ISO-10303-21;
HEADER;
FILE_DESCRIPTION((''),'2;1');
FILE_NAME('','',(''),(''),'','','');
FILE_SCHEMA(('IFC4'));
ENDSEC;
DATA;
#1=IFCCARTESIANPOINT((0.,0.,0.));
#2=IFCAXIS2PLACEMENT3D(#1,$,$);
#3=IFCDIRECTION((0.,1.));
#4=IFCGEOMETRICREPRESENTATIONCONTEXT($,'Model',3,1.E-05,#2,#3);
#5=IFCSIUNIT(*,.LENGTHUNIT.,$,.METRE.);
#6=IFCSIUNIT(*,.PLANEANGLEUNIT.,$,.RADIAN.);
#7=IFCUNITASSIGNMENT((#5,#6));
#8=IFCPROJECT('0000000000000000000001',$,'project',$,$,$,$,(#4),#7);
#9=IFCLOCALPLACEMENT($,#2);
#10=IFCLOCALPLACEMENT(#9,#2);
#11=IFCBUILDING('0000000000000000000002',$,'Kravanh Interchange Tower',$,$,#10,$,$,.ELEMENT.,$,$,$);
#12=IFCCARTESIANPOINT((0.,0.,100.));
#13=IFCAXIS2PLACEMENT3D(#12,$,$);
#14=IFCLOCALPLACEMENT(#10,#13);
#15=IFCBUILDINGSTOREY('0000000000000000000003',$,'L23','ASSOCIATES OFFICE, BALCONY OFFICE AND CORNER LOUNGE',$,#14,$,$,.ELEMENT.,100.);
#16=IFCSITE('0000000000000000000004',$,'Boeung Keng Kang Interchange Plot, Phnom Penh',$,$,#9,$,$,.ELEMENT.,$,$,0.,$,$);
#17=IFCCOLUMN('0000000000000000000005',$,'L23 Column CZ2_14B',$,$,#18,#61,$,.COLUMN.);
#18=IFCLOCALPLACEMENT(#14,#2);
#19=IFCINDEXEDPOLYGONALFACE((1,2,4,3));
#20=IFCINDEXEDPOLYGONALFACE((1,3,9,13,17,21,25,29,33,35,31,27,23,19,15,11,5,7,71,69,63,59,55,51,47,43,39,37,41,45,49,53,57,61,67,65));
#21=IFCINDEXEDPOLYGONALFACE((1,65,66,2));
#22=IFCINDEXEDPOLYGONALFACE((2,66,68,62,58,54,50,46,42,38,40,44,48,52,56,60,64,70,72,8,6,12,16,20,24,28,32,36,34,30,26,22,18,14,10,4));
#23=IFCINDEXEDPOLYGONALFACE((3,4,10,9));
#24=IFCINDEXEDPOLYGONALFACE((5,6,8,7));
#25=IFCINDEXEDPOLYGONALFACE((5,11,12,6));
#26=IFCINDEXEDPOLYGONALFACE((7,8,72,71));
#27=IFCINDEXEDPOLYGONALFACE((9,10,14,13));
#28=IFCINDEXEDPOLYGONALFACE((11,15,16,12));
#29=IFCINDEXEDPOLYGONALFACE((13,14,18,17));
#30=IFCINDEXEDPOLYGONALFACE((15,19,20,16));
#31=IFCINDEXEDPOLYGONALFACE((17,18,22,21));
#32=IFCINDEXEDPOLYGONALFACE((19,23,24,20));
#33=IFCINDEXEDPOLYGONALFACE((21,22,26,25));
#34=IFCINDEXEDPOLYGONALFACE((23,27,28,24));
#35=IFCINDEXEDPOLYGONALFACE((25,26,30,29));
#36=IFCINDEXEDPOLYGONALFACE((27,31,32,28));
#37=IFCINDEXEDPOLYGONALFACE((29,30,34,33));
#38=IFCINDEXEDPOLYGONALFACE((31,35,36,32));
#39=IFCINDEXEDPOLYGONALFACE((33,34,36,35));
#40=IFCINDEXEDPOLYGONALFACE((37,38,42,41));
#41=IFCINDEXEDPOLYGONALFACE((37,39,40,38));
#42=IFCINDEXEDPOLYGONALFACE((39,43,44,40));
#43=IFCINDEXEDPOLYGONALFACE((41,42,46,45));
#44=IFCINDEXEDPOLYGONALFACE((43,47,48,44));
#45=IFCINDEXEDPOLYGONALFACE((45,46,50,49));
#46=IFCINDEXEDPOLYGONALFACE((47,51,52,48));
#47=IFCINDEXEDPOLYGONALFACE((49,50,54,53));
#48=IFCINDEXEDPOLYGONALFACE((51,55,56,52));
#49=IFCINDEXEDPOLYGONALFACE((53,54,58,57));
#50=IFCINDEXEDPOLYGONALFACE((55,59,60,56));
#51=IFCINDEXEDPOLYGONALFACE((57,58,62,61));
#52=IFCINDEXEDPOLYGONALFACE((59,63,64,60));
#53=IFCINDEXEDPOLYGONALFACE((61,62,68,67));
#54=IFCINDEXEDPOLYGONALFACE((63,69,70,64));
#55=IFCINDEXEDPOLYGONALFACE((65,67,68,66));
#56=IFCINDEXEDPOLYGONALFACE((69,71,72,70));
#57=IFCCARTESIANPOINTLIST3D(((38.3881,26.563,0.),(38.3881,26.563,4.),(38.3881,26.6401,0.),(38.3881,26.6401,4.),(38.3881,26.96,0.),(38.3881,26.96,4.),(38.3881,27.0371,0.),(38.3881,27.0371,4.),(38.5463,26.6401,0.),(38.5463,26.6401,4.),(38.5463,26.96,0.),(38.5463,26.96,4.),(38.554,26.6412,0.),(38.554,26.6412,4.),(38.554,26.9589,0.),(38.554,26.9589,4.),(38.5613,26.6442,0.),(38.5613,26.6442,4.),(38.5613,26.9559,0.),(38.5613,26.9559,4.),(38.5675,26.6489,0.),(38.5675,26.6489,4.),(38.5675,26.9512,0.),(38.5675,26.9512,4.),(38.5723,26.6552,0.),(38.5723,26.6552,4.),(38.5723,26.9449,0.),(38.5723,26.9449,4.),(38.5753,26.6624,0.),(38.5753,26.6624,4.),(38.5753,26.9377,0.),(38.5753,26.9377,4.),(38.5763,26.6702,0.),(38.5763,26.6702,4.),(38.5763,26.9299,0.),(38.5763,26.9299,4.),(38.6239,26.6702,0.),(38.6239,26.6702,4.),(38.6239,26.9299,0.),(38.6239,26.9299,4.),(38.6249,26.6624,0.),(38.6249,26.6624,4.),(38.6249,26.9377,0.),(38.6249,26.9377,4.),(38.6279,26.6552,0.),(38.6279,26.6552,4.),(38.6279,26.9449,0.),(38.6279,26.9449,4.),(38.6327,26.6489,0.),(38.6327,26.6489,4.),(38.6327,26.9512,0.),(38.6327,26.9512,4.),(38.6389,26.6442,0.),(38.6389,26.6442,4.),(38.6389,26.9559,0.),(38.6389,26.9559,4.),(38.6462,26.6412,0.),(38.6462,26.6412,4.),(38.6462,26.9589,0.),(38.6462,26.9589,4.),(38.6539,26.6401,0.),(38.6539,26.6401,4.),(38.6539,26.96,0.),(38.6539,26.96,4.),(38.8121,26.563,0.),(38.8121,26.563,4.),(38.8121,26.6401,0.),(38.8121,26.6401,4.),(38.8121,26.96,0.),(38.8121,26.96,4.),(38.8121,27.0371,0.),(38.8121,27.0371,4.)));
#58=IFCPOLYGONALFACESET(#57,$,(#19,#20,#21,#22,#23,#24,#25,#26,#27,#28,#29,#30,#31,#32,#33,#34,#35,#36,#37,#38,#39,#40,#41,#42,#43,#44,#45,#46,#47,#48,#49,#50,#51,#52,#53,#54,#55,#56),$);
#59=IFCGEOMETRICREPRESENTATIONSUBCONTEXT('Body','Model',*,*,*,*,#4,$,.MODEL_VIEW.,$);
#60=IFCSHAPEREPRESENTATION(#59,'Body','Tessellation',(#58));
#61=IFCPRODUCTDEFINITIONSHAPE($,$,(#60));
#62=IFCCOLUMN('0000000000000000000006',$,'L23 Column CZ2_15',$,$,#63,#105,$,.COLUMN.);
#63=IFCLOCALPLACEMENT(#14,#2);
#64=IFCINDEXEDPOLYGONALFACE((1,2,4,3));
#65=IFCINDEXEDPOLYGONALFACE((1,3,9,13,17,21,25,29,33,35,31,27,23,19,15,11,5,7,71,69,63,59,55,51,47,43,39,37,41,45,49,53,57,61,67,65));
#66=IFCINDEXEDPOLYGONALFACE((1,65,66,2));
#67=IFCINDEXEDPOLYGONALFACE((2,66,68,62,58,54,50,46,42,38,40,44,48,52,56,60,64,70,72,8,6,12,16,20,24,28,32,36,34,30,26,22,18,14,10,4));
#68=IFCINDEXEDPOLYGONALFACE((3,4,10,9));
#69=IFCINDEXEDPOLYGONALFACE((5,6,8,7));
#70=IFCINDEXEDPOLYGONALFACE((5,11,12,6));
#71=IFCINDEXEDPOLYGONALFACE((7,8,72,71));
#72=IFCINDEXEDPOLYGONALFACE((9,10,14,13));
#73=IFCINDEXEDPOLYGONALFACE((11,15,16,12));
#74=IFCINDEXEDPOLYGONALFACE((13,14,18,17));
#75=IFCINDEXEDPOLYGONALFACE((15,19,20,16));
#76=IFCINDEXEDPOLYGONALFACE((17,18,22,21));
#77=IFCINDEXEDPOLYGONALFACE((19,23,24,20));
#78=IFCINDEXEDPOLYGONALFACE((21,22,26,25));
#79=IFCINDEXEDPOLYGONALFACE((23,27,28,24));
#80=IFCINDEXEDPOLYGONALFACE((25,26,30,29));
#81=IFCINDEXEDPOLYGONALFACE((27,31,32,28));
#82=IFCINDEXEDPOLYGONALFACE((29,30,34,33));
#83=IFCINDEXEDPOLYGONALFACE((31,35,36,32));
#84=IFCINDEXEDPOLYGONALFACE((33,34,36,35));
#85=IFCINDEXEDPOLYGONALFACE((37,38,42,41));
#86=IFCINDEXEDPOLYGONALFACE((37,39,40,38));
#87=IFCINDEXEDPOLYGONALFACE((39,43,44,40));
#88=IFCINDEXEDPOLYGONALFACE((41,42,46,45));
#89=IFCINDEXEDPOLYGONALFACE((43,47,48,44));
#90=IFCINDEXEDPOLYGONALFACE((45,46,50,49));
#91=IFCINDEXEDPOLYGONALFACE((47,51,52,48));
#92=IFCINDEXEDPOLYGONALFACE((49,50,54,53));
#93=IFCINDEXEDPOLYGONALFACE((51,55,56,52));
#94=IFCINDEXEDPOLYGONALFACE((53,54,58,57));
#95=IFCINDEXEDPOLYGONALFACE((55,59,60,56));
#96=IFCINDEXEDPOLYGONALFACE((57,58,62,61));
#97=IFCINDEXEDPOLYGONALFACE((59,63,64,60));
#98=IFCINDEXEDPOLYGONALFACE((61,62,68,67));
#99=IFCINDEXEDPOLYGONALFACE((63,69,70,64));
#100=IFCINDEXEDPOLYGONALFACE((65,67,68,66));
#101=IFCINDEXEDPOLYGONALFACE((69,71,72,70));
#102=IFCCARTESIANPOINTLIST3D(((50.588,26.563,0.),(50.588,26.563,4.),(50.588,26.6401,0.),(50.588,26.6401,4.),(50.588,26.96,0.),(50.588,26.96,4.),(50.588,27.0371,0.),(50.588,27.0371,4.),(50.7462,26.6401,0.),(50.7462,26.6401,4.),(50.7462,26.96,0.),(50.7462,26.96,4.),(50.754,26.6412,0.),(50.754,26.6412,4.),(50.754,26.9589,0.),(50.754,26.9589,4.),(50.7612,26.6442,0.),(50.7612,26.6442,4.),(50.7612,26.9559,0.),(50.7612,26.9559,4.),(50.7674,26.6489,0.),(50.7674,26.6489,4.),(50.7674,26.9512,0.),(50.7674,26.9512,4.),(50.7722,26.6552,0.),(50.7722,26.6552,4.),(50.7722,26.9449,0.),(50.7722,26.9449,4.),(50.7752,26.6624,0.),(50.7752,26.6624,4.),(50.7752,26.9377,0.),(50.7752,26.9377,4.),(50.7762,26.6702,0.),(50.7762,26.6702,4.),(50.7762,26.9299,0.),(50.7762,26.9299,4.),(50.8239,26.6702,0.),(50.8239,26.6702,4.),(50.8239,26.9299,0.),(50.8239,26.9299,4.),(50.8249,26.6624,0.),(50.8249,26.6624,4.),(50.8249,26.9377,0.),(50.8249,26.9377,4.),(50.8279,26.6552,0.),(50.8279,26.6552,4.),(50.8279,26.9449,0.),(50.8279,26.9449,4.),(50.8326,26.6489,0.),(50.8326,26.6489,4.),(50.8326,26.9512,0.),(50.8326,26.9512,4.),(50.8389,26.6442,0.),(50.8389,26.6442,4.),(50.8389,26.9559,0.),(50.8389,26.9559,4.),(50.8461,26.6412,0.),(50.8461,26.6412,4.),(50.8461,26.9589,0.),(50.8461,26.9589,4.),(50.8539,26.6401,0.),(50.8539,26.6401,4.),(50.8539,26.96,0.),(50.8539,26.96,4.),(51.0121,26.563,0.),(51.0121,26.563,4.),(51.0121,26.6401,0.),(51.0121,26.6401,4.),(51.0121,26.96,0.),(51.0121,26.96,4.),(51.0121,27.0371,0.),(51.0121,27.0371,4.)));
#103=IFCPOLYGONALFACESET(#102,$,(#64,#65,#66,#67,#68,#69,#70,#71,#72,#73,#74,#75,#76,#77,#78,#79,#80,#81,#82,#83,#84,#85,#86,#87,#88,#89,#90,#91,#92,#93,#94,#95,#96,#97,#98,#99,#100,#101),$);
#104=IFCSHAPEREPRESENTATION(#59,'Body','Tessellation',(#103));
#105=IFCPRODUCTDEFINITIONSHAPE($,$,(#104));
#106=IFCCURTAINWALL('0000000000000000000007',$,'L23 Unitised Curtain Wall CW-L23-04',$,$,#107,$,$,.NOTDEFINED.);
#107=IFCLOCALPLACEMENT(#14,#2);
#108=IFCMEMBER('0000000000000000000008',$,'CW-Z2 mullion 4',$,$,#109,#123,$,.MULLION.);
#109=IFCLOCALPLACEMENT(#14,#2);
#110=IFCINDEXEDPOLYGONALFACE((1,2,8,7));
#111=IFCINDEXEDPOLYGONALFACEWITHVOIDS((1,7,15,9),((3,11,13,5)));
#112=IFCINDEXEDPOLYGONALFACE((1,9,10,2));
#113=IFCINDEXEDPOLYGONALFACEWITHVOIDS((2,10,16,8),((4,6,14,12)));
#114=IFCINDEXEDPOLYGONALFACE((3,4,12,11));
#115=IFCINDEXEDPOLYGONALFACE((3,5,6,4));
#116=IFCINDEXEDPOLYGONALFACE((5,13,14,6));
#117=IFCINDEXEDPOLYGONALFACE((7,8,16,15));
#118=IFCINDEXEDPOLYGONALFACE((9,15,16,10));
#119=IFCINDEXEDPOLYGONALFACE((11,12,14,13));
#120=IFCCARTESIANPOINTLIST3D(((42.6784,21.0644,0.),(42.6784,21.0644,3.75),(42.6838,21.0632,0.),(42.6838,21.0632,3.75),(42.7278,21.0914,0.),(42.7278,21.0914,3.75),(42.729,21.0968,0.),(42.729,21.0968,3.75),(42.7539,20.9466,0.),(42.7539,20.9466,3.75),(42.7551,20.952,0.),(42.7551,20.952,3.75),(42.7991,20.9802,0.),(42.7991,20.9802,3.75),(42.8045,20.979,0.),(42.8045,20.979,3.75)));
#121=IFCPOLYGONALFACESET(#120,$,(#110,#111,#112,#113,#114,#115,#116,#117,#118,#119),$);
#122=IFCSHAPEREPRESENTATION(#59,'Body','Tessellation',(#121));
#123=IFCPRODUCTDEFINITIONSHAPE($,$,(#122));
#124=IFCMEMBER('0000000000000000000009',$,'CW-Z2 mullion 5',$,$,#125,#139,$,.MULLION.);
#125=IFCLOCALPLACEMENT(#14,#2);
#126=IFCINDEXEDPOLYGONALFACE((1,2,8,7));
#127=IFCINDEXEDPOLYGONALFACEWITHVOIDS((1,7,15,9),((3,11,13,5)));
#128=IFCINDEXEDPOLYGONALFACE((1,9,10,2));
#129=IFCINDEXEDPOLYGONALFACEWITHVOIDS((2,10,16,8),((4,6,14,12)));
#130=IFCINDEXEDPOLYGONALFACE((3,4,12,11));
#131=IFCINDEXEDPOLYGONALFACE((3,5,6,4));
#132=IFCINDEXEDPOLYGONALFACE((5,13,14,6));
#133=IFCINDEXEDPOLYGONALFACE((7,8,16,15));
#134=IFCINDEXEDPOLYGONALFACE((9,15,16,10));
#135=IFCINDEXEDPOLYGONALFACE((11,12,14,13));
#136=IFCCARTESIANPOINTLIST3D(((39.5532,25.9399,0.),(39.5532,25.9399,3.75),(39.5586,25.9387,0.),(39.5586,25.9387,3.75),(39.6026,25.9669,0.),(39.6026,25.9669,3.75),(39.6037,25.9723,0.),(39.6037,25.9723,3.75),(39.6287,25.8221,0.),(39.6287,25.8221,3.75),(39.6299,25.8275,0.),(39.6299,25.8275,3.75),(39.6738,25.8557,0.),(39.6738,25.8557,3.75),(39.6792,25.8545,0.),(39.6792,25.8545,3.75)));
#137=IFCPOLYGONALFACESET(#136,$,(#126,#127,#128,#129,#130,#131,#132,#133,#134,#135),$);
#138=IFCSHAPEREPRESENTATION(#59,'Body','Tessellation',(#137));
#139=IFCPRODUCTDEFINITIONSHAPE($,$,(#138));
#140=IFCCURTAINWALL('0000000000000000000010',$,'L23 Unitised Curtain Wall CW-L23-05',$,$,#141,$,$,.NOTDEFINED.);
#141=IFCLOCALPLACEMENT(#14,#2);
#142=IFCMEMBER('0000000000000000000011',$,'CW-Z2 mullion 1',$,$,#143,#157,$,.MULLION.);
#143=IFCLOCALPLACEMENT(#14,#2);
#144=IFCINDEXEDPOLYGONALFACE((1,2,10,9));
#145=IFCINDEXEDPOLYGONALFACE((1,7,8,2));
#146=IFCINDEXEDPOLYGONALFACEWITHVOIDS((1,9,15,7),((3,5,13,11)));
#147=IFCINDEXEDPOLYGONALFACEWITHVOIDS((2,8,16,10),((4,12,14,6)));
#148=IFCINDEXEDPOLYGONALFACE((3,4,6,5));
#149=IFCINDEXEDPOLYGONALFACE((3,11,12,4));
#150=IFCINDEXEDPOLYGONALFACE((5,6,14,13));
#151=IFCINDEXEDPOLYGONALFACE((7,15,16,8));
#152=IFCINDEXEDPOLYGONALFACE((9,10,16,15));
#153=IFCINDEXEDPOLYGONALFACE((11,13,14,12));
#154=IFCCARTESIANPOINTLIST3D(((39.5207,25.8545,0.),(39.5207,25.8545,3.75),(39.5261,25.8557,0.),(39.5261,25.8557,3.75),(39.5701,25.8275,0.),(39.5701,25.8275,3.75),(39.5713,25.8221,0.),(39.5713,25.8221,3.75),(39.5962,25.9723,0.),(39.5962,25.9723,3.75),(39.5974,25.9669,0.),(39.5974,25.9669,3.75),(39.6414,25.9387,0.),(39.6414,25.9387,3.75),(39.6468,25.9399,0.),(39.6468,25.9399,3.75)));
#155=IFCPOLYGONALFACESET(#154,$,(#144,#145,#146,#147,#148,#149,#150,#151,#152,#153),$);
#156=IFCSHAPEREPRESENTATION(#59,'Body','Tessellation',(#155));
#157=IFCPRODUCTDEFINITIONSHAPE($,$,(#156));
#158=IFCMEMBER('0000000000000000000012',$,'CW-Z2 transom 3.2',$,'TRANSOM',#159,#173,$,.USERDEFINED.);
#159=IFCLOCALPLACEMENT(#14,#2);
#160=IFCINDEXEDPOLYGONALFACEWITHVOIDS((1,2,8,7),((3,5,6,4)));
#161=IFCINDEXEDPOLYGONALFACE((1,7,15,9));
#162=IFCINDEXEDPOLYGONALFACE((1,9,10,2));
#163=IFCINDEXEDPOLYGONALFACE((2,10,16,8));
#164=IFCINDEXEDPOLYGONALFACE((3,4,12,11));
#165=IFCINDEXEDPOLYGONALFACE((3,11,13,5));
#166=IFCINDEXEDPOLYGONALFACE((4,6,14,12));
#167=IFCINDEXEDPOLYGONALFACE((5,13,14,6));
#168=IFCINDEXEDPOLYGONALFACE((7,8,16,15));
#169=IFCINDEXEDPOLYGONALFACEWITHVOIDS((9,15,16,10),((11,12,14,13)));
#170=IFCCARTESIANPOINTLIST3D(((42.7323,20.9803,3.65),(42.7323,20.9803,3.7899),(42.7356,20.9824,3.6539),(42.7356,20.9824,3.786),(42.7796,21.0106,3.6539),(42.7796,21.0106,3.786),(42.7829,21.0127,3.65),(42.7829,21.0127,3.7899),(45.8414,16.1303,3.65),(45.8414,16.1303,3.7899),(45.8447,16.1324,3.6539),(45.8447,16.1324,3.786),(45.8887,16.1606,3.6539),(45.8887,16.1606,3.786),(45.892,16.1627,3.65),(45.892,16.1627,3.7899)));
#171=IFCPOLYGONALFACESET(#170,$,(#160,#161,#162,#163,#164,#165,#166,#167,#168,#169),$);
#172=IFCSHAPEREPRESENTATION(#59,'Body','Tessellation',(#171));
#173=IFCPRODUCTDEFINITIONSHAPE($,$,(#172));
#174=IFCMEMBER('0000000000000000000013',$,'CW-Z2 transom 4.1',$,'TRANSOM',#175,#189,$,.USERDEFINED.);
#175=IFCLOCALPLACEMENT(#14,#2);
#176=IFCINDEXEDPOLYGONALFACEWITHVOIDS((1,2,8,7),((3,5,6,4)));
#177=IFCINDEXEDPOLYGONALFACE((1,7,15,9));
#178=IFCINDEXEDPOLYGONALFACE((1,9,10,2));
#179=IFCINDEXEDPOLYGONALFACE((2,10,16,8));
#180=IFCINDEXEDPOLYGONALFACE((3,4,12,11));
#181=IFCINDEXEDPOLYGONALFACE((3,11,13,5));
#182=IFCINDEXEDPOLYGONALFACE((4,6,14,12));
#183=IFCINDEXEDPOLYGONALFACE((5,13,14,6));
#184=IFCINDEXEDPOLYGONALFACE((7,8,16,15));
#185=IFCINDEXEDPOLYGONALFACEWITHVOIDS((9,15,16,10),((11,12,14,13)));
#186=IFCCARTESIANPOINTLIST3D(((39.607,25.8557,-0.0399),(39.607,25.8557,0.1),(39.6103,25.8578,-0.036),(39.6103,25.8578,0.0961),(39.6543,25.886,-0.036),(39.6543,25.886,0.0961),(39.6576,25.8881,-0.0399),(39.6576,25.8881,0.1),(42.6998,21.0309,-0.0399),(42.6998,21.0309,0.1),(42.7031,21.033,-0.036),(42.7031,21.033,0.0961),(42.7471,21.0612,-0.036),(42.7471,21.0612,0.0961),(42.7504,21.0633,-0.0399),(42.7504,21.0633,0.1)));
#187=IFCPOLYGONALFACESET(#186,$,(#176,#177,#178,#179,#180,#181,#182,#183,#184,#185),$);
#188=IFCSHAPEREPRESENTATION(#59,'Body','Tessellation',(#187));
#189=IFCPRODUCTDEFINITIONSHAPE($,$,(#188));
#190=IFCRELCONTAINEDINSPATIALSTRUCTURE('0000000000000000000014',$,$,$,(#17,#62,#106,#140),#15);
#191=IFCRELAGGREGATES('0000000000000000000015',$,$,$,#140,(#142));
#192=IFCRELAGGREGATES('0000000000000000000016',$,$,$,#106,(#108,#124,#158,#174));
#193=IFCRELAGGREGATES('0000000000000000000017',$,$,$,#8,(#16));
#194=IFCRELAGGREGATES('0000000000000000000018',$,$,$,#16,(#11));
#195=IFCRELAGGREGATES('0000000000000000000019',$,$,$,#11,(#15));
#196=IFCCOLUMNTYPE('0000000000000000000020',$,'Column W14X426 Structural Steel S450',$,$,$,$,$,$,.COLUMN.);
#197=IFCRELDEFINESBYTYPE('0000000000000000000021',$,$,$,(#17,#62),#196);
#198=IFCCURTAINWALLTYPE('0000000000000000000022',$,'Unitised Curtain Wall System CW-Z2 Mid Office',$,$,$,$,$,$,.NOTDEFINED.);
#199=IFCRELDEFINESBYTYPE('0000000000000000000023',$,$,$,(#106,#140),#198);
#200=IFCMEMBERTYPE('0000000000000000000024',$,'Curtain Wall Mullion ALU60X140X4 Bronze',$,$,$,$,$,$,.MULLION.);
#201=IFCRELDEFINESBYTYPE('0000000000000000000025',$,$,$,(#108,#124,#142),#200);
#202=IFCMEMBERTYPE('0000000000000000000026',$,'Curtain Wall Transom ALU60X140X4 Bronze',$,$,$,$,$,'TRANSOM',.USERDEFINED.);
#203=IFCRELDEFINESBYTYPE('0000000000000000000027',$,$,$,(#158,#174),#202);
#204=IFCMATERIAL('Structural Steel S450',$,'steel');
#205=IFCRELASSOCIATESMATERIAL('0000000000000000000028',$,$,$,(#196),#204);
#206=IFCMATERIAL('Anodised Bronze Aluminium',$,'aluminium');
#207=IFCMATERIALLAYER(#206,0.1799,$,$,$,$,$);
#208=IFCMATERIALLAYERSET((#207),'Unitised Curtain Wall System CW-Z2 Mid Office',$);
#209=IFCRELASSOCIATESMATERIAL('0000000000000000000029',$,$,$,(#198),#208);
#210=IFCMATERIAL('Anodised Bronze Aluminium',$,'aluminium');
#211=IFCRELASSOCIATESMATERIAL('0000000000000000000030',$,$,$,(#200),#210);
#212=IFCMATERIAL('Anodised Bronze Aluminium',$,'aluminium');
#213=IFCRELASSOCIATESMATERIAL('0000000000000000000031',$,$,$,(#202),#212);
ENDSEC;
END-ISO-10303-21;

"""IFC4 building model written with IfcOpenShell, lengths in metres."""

from ifc_helpers import new_model, si_unit, direction, frame, origin, origin_2d, place, context, subcontext, project, spatial, hollow_rectangle, i_section, extrude, material, layer, layer_set, material_profile, profile_set, type_object, element, aggregate, save


model = new_model("IFC4")

# Units and contexts
model_context = context("Model", 3, precision=1e-05, world=origin(), true_north=direction((0.0, 1.0)))
body_context = subcontext(model_context, "Body", "Model", "MODEL_VIEW")
ifc_project = project(units=[si_unit("LENGTHUNIT", "METRE"), si_unit("PLANEANGLEUNIT", "RADIAN")], contexts=[model_context])

# Site, building, storey
site_placement = place(None, origin())
site = spatial("IfcSite", under=ifc_project, at=site_placement, Name="Boeung Keng Kang Interchange Plot, Phnom Penh", CompositionType="ELEMENT", RefElevation=0.0)
building_placement = place(site_placement, origin())
building = spatial("IfcBuilding", under=site, at=building_placement, Name="Kravanh Interchange Tower", CompositionType="ELEMENT")
storey_placement = place(building_placement, frame((0.0, 0.0, 100.0)))
storey = spatial("IfcBuildingStorey", under=building, at=storey_placement, Name="L23", Description="ASSOCIATES OFFICE, BALCONY OFFICE AND CORNER LOUNGE", CompositionType="ELEMENT", Elevation=100.0)

# Columns
ifc_material_1 = material(Name="Structural Steel S450", Category="steel")
ifc_material_profile_1 = material_profile(ifc_material_1, i_section(OverallWidth=0.4241, OverallDepth=0.4741, WebThickness=0.0476, FlangeThickness=0.0771, FilletRadius=0.03, at=origin_2d()), Name="W14X426")
ifc_profile_set_1 = profile_set([ifc_material_profile_1], Name="Structural Steel S450")
column_type = type_object("IfcColumnType", Name="Column W14X426 Structural Steel S450", PredefinedType="COLUMN", material=ifc_profile_set_1)
for number, where, z_axis, x_axis, name in (
    (1, (38.6001, 26.8, 0.0), (0.0, 0.0, 1.0), (1.0, 0.0, 0.0), "L23 Column CZ2_14B"),
    (2, (50.8, 26.8, 0.0), (0.0, 0.0, 1.0), (1.0, 0.0, 0.0), "L23 Column CZ2_15"),
):
    element("IfcColumn", number, at=place(storey_placement, frame(where, z_axis=z_axis, x_axis=x_axis)), inside=storey, type_object=column_type, Name=name, PredefinedType="COLUMN", context=body_context, shape_type="SweptSolid", body=[
        extrude(i_section(OverallWidth=0.4241, OverallDepth=0.4741, WebThickness=0.0476, FlangeThickness=0.0771, FilletRadius=0.03, at=origin_2d()), origin(), (0.0, 0.0, 1.0), 4.0),
    ])

# Curtain wall, members
ifc_material_2 = material(Name="Anodised Bronze Aluminium", Category="aluminium")
ifc_layer_1 = layer(ifc_material_2, 0.1799)
ifc_layer_set_1 = layer_set([ifc_layer_1], Name="Unitised Curtain Wall System CW-Z2 Mid Office")
curtain_wall_type = type_object("IfcCurtainWallType", Name="Unitised Curtain Wall System CW-Z2 Mid Office", PredefinedType="NOTDEFINED", material=ifc_layer_set_1)
curtain_wall_1_placement = place(storey_placement, origin())
curtain_wall_1 = element("IfcCurtainWall", 3, at=curtain_wall_1_placement, inside=storey, type_object=curtain_wall_type, Name="L23 Unitised Curtain Wall CW-L23-04", PredefinedType="NOTDEFINED")
ifc_material_3 = material(Name="Anodised Bronze Aluminium", Category="aluminium")
ifc_material_profile_2 = material_profile(ifc_material_3, hollow_rectangle(XDim=0.0601, YDim=0.1399, WallThickness=0.0039, at=origin_2d()), Name="ALU60X140X4")
ifc_profile_set_2 = profile_set([ifc_material_profile_2], Name="Anodised Bronze Aluminium")
member_type_1 = type_object("IfcMemberType", Name="Curtain Wall Mullion ALU60X140X4 Bronze", PredefinedType="MULLION", material=ifc_profile_set_2)
member_1_placement = place(storey_placement, frame((42.7415, 21.0217, 0.0), z_axis=(0.0, 0.0, 1.0), x_axis=(-0.84188, -0.539665, 0.0)))
member_1 = element("IfcMember", 4, at=member_1_placement, type_object=member_type_1, Name="CW-Z2 mullion 4", PredefinedType="MULLION", context=body_context, shape_type="SweptSolid", body=[
    extrude(hollow_rectangle(XDim=0.0601, YDim=0.1399, WallThickness=0.0039, at=origin_2d()), origin(), (0.0, 0.0, 1.0), 3.75),
])
member_2_placement = place(storey_placement, frame((39.6162, 25.8972, 0.0), z_axis=(0.0, 0.0, 1.0), x_axis=(-0.84188, -0.539665, 0.0)))
member_2 = element("IfcMember", 5, at=member_2_placement, type_object=member_type_1, Name="CW-Z2 mullion 5", PredefinedType="MULLION", context=body_context, shape_type="SweptSolid", body=[
    extrude(hollow_rectangle(XDim=0.0601, YDim=0.1399, WallThickness=0.0039, at=origin_2d()), origin(), (0.0, 0.0, 1.0), 3.75),
])

# Curtain wall, member
curtain_wall_2_placement = place(storey_placement, origin())
curtain_wall_2 = element("IfcCurtainWall", 6, at=curtain_wall_2_placement, inside=storey, type_object=curtain_wall_type, Name="L23 Unitised Curtain Wall CW-L23-05", PredefinedType="NOTDEFINED")
member_3_placement = place(storey_placement, frame((39.5837, 25.8972, 0.0), z_axis=(0.0, 0.0, 1.0), x_axis=(0.84188, -0.539665, 0.0)))
member_3 = element("IfcMember", 7, at=member_3_placement, type_object=member_type_1, Name="CW-Z2 mullion 1", PredefinedType="MULLION", context=body_context, shape_type="SweptSolid", body=[
    extrude(hollow_rectangle(XDim=0.0601, YDim=0.1399, WallThickness=0.0039, at=origin_2d()), origin(), (0.0, 0.0, 1.0), 3.75),
])

# Members
ifc_material_4 = material(Name="Anodised Bronze Aluminium", Category="aluminium")
ifc_material_profile_3 = material_profile(ifc_material_4, hollow_rectangle(XDim=0.0601, YDim=0.1399, WallThickness=0.0039, at=origin_2d()), Name="ALU60X140X4")
ifc_profile_set_3 = profile_set([ifc_material_profile_3], Name="Anodised Bronze Aluminium")
member_type_2 = type_object("IfcMemberType", Name="Curtain Wall Transom ALU60X140X4 Bronze", ElementType="TRANSOM", PredefinedType="USERDEFINED", material=ifc_profile_set_3)
member_4_placement = place(storey_placement, frame((45.8667, 16.1465, 3.72), z_axis=(-0.539678, 0.841872, 0.0), x_axis=(-0.841872, -0.539678, 0.0)))
member_4 = element("IfcMember", 8, at=member_4_placement, type_object=member_type_2, Name="CW-Z2 transom 3.2", ObjectType="TRANSOM", PredefinedType="USERDEFINED", context=body_context, shape_type="SweptSolid", body=[
    extrude(hollow_rectangle(XDim=0.0601, YDim=0.1399, WallThickness=0.0039, at=origin_2d()), origin(), (0.0, 0.0, 1.0), 5.761),
])
member_5_placement = place(storey_placement, frame((42.7251, 21.0471, 0.03), z_axis=(-0.539668, 0.841878, 0.0), x_axis=(-0.841878, -0.539668, 0.0)))
member_5 = element("IfcMember", 9, at=member_5_placement, type_object=member_type_2, Name="CW-Z2 transom 4.1", ObjectType="TRANSOM", PredefinedType="USERDEFINED", context=body_context, shape_type="SweptSolid", body=[
    extrude(hollow_rectangle(XDim=0.0601, YDim=0.1399, WallThickness=0.0039, at=origin_2d()), origin(), (0.0, 0.0, 1.0), 5.731),
])
aggregate(curtain_wall_2, [member_3])

aggregate(curtain_wall_1, [member_1, member_2, member_4, member_5])

save(model, "model.ifc")
